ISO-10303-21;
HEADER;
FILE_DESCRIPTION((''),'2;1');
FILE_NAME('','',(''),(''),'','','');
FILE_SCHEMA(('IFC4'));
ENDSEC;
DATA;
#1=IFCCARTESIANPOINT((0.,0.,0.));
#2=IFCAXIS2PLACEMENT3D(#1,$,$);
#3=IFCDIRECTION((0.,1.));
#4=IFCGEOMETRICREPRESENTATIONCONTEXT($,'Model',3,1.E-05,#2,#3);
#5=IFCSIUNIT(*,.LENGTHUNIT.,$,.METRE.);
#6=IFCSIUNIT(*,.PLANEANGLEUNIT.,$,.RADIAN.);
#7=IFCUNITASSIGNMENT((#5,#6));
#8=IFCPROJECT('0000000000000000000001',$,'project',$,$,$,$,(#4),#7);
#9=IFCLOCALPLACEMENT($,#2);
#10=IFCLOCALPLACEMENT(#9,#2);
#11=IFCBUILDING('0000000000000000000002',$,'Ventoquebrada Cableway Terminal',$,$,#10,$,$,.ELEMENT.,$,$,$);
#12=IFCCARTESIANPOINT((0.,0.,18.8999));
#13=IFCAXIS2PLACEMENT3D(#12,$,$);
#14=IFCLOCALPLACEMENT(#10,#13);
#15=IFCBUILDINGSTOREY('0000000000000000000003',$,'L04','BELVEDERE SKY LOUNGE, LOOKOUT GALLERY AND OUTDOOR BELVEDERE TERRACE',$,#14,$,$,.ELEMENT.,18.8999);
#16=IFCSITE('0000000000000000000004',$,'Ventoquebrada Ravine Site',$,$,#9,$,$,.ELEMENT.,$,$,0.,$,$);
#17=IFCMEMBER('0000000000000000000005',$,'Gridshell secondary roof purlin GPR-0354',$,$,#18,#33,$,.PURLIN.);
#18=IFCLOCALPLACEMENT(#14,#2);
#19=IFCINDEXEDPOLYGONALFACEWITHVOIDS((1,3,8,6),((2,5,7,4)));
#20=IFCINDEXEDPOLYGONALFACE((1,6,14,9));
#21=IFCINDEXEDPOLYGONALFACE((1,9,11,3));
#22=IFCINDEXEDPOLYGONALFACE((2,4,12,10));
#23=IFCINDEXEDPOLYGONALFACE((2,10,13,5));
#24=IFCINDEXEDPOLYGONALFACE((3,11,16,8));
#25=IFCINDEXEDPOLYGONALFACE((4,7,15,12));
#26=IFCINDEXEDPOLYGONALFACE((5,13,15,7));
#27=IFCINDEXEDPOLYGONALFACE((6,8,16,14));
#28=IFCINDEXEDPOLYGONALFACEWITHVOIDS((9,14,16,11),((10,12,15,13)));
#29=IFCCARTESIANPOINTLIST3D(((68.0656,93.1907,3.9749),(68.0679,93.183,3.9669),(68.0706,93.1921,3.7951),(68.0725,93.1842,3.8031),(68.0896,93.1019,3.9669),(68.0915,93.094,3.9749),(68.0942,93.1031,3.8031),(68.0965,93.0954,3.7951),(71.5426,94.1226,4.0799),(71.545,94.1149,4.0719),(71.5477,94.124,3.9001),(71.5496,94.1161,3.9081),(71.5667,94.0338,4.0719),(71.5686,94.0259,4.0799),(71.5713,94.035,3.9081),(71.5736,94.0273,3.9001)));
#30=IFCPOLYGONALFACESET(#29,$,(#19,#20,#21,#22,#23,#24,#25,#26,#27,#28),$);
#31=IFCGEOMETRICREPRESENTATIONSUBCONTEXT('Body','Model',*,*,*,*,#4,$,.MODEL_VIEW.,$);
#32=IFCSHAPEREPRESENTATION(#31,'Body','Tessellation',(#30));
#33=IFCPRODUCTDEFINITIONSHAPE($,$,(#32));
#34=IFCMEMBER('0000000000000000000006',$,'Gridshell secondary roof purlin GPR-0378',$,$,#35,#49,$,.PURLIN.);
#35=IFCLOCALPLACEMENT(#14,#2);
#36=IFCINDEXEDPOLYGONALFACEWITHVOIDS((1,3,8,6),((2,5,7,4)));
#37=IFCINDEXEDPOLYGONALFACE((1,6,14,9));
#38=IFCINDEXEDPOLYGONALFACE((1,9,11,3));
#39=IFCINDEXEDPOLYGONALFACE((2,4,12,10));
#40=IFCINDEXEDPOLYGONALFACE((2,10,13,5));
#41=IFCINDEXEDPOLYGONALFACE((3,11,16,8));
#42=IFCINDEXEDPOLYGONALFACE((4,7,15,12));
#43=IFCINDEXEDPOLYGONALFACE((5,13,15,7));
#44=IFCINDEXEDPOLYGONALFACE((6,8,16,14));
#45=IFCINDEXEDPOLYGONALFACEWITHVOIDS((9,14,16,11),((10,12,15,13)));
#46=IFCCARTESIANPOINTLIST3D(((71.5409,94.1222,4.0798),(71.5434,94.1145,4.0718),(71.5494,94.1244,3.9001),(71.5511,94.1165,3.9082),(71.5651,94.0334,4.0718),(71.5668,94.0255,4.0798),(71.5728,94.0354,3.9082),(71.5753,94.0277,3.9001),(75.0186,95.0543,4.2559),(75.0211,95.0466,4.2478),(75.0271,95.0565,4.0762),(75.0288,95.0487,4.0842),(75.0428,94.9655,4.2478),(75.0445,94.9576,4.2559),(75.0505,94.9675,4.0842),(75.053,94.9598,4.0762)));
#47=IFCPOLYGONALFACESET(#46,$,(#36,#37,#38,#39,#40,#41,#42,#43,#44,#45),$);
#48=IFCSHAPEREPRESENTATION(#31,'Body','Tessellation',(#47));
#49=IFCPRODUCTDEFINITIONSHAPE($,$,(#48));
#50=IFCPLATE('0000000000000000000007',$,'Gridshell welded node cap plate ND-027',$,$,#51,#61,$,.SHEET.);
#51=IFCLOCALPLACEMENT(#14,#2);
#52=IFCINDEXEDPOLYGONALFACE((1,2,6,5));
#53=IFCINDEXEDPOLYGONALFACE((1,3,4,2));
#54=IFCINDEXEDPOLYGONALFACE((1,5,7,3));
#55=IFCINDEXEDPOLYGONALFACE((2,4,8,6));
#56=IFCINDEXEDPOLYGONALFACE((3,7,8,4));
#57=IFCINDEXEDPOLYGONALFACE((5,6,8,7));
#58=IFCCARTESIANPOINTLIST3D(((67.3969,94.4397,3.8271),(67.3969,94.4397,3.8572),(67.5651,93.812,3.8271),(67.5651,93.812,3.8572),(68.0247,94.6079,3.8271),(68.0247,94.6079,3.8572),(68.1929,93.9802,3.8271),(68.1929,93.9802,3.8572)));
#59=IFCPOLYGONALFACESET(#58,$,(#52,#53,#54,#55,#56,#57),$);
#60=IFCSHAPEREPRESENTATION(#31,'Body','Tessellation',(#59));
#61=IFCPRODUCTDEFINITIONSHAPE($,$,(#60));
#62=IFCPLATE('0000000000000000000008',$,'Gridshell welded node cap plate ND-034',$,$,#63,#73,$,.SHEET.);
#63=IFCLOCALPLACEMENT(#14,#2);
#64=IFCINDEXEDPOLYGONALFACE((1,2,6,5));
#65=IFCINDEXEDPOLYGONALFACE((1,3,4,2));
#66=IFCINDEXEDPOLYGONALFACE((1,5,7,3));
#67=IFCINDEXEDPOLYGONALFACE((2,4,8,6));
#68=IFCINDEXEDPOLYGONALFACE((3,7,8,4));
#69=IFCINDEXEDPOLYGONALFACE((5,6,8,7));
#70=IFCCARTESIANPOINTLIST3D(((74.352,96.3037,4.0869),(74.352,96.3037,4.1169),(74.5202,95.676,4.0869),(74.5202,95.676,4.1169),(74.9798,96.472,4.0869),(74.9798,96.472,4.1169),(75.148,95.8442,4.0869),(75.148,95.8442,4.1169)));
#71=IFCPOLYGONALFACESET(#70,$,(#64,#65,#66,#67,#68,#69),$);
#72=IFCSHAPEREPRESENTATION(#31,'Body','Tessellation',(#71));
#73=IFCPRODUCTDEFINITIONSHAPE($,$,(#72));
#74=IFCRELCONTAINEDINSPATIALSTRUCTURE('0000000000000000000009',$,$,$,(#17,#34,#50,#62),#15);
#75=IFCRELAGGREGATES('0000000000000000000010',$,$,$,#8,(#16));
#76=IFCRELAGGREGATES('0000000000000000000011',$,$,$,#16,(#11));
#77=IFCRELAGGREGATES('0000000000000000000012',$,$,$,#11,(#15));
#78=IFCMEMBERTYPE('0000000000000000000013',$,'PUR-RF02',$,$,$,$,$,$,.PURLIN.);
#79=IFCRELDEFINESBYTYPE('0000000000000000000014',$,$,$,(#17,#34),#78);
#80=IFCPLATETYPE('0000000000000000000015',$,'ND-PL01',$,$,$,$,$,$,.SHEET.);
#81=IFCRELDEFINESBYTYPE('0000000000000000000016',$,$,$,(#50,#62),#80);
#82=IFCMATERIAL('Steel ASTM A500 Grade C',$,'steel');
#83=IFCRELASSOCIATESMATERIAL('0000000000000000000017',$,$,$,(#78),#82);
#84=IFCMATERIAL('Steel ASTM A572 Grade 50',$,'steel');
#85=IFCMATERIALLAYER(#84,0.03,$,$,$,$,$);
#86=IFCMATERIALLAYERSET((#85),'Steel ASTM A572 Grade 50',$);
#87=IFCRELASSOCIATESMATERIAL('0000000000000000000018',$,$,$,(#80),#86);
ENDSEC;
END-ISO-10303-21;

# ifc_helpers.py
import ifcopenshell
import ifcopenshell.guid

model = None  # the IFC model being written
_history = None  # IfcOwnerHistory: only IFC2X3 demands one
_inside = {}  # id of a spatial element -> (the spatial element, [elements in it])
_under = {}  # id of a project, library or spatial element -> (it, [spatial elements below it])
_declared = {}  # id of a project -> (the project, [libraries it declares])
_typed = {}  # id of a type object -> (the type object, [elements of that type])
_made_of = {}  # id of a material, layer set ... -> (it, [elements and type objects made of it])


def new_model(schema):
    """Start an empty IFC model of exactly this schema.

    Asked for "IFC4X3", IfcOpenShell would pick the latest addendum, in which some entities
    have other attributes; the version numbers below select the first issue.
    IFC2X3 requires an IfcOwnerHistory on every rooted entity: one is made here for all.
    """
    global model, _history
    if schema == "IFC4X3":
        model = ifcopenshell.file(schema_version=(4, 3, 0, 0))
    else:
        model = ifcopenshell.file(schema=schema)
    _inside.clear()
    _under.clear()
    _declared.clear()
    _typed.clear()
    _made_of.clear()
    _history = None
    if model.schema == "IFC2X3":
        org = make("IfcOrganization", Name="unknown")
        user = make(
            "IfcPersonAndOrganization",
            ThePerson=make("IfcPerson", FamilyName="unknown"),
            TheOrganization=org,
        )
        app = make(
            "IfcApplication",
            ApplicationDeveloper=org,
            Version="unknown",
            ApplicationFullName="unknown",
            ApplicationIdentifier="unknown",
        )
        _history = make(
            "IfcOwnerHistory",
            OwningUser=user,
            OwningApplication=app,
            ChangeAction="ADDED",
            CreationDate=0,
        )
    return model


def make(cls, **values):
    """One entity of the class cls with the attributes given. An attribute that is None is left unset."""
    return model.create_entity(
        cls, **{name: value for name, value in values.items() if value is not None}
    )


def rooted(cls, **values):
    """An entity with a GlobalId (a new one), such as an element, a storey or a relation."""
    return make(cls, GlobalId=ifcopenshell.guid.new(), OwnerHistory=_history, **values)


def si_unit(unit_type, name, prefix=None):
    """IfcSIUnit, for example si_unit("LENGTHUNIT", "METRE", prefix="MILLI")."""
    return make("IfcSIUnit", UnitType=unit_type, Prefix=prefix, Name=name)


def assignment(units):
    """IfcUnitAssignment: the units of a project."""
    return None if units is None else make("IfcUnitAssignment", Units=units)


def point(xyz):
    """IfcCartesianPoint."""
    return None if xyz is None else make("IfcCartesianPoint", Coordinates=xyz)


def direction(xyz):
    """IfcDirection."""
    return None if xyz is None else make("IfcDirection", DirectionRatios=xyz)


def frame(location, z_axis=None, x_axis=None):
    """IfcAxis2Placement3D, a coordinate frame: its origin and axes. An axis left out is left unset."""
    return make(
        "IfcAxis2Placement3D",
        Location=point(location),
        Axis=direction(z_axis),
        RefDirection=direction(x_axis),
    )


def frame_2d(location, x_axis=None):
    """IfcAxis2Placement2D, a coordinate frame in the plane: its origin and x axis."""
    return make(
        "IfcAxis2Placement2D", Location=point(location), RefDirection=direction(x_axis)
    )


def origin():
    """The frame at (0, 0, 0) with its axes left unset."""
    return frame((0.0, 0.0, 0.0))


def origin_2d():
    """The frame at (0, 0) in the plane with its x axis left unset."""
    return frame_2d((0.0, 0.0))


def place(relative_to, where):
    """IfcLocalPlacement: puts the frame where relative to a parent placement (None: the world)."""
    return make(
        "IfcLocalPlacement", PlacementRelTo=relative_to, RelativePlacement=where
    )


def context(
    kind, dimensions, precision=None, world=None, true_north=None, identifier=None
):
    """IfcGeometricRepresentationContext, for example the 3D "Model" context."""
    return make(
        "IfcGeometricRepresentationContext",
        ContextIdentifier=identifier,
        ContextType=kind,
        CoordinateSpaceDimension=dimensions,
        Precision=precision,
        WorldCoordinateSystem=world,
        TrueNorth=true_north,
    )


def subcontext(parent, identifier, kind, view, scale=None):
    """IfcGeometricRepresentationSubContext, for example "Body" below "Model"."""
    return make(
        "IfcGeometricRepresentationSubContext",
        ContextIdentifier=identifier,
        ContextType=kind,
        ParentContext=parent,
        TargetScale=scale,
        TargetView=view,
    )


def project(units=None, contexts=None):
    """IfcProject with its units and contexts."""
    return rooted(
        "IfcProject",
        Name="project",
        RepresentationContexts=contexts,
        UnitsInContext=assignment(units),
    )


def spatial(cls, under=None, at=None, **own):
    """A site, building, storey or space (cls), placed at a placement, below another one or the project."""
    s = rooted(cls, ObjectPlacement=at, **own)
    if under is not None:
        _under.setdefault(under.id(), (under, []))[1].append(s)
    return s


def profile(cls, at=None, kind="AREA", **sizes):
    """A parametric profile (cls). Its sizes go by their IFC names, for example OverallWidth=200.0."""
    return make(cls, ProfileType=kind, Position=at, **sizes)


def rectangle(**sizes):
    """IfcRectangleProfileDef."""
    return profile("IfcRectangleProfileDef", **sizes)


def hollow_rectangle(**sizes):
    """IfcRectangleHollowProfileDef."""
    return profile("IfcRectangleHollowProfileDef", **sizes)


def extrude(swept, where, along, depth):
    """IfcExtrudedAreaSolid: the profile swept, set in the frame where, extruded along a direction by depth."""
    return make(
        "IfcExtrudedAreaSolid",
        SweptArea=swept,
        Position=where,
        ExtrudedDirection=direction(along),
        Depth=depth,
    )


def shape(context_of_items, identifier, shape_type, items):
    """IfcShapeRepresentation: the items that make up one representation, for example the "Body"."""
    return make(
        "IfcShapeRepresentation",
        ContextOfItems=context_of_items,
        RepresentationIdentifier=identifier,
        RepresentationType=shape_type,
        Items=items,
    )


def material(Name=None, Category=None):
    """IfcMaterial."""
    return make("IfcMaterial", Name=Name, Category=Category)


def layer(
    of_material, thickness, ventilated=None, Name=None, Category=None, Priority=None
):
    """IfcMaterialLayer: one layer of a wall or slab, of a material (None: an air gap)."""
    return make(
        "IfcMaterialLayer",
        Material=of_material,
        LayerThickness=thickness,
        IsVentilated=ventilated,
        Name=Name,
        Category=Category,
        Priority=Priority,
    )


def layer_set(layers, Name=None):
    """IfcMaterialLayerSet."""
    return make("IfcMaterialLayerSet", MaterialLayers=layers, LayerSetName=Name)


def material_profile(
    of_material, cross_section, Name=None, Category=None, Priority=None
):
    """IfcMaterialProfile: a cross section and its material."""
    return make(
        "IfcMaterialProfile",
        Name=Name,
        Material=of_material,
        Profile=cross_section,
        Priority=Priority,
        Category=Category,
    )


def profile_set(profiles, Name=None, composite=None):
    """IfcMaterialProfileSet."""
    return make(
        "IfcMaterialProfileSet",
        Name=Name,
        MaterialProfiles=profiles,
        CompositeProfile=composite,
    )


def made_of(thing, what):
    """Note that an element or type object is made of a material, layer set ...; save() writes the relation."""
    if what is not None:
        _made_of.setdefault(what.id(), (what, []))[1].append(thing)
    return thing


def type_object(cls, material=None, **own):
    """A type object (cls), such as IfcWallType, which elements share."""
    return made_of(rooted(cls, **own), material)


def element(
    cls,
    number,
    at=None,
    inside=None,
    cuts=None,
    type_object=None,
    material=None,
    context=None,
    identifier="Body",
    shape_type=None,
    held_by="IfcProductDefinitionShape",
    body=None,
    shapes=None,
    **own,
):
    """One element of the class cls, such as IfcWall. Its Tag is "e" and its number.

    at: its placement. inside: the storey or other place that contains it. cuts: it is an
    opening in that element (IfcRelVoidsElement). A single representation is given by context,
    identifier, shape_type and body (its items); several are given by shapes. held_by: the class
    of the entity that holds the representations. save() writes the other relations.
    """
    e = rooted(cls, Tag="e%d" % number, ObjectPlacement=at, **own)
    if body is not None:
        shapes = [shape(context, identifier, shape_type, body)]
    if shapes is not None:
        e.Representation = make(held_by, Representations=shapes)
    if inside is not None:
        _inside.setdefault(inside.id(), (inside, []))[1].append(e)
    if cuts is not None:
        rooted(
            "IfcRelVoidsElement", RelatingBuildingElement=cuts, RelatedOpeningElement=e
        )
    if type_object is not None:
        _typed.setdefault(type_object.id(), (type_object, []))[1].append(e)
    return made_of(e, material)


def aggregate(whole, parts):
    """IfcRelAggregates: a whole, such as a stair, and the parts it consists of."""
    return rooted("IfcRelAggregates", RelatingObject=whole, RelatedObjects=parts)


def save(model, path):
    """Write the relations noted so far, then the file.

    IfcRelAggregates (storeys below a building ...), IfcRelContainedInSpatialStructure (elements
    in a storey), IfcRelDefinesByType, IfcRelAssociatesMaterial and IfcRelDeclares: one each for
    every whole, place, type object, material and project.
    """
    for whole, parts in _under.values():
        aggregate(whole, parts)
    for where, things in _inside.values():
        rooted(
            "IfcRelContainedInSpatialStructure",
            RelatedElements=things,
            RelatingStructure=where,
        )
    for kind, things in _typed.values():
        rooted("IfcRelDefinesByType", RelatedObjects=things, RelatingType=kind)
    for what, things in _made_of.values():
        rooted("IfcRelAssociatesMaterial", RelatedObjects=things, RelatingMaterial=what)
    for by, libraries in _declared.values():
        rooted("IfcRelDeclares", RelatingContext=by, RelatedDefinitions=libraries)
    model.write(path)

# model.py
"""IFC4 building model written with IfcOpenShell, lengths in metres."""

from ifc_helpers import new_model, si_unit, direction, frame, origin, origin_2d, place, context, subcontext, project, spatial, rectangle, hollow_rectangle, extrude, material, layer, layer_set, material_profile, profile_set, type_object, element, save


model = new_model("IFC4")

# Units and contexts
model_context = context("Model", 3, precision=1e-05, world=origin(), true_north=direction((0.0, 1.0)))
body_context = subcontext(model_context, "Body", "Model", "MODEL_VIEW")
ifc_project = project(units=[si_unit("LENGTHUNIT", "METRE"), si_unit("PLANEANGLEUNIT", "RADIAN")], contexts=[model_context])

# Site, building, storey
site_placement = place(None, origin())
site = spatial("IfcSite", under=ifc_project, at=site_placement, Name="Ventoquebrada Ravine Site", CompositionType="ELEMENT", RefElevation=0.0)
building_placement = place(site_placement, origin())
building = spatial("IfcBuilding", under=site, at=building_placement, Name="Ventoquebrada Cableway Terminal", CompositionType="ELEMENT")
storey_placement = place(building_placement, frame((0.0, 0.0, 18.8999)))
storey = spatial("IfcBuildingStorey", under=building, at=storey_placement, Name="L04", Description="BELVEDERE SKY LOUNGE, LOOKOUT GALLERY AND OUTDOOR BELVEDERE TERRACE", CompositionType="ELEMENT", Elevation=18.8999)

# Members
ifc_material_1 = material(Name="Steel ASTM A500 Grade C", Category="steel")
ifc_material_profile_1 = material_profile(ifc_material_1, hollow_rectangle(XDim=0.1001, YDim=0.1799, WallThickness=0.0081, at=origin_2d()), Name="RHS180X100X8")
ifc_profile_set_1 = profile_set([ifc_material_profile_1], Name="Steel ASTM A500 Grade C")
member_type_1 = type_object("IfcMemberType", Name="PUR-RF02", PredefinedType="PURLIN", material=ifc_profile_set_1)
member_1_placement = place(storey_placement, frame((68.0811, 93.1431, 3.885), z_axis=(0.965501, 0.258764, 0.029151), x_axis=(-0.258874, 0.965911, 0.0)))
element("IfcMember", 1, at=member_1_placement, inside=storey, type_object=member_type_1, Name="Gridshell secondary roof purlin GPR-0354", PredefinedType="PURLIN", context=body_context, shape_type="SweptSolid", body=[
    extrude(hollow_rectangle(XDim=0.1001, YDim=0.1799, WallThickness=0.0081, at=origin_2d()), origin(), (0.0, 0.0, 1.0), 3.6013),
])
member_2_placement = place(storey_placement, frame((71.5581, 94.075, 3.99), z_axis=(0.964756, 0.258578, 0.04883), x_axis=(-0.258886, 0.965908, 0.0)))
element("IfcMember", 2, at=member_2_placement, inside=storey, type_object=member_type_1, Name="Gridshell secondary roof purlin GPR-0378", PredefinedType="PURLIN", context=body_context, shape_type="SweptSolid", body=[
    extrude(hollow_rectangle(XDim=0.1001, YDim=0.1799, WallThickness=0.0081, at=origin_2d()), origin(), (0.0, 0.0, 1.0), 3.6047),
])

# Plates
ifc_material_2 = material(Name="Steel ASTM A572 Grade 50", Category="steel")
ifc_layer = layer(ifc_material_2, 0.03)
ifc_layer_set = layer_set([ifc_layer], Name="Steel ASTM A572 Grade 50")
plate_type = type_object("IfcPlateType", Name="ND-PL01", PredefinedType="SHEET", material=ifc_layer_set)
for number, where, z_axis, x_axis, name in (
    (3, (67.7949, 94.21, 3.8271), (0.0, 0.0, 1.0), (0.965926, 0.258819, 0.0), "Gridshell welded node cap plate ND-027"),
    (4, (74.75, 96.074, 4.0869), (0.0, 0.0, 1.0), (0.965926, 0.258819, 0.0), "Gridshell welded node cap plate ND-034"),
):
    element("IfcPlate", number, at=place(storey_placement, frame(where, z_axis=z_axis, x_axis=x_axis)), inside=storey, type_object=plate_type, Name=name, PredefinedType="SHEET", context=body_context, shape_type="SweptSolid", body=[
        extrude(rectangle(XDim=0.6499, YDim=0.6499, at=origin_2d()), origin(), (0.0, 0.0, 1.0), 0.03),
    ])

save(model, "model.ifc")
